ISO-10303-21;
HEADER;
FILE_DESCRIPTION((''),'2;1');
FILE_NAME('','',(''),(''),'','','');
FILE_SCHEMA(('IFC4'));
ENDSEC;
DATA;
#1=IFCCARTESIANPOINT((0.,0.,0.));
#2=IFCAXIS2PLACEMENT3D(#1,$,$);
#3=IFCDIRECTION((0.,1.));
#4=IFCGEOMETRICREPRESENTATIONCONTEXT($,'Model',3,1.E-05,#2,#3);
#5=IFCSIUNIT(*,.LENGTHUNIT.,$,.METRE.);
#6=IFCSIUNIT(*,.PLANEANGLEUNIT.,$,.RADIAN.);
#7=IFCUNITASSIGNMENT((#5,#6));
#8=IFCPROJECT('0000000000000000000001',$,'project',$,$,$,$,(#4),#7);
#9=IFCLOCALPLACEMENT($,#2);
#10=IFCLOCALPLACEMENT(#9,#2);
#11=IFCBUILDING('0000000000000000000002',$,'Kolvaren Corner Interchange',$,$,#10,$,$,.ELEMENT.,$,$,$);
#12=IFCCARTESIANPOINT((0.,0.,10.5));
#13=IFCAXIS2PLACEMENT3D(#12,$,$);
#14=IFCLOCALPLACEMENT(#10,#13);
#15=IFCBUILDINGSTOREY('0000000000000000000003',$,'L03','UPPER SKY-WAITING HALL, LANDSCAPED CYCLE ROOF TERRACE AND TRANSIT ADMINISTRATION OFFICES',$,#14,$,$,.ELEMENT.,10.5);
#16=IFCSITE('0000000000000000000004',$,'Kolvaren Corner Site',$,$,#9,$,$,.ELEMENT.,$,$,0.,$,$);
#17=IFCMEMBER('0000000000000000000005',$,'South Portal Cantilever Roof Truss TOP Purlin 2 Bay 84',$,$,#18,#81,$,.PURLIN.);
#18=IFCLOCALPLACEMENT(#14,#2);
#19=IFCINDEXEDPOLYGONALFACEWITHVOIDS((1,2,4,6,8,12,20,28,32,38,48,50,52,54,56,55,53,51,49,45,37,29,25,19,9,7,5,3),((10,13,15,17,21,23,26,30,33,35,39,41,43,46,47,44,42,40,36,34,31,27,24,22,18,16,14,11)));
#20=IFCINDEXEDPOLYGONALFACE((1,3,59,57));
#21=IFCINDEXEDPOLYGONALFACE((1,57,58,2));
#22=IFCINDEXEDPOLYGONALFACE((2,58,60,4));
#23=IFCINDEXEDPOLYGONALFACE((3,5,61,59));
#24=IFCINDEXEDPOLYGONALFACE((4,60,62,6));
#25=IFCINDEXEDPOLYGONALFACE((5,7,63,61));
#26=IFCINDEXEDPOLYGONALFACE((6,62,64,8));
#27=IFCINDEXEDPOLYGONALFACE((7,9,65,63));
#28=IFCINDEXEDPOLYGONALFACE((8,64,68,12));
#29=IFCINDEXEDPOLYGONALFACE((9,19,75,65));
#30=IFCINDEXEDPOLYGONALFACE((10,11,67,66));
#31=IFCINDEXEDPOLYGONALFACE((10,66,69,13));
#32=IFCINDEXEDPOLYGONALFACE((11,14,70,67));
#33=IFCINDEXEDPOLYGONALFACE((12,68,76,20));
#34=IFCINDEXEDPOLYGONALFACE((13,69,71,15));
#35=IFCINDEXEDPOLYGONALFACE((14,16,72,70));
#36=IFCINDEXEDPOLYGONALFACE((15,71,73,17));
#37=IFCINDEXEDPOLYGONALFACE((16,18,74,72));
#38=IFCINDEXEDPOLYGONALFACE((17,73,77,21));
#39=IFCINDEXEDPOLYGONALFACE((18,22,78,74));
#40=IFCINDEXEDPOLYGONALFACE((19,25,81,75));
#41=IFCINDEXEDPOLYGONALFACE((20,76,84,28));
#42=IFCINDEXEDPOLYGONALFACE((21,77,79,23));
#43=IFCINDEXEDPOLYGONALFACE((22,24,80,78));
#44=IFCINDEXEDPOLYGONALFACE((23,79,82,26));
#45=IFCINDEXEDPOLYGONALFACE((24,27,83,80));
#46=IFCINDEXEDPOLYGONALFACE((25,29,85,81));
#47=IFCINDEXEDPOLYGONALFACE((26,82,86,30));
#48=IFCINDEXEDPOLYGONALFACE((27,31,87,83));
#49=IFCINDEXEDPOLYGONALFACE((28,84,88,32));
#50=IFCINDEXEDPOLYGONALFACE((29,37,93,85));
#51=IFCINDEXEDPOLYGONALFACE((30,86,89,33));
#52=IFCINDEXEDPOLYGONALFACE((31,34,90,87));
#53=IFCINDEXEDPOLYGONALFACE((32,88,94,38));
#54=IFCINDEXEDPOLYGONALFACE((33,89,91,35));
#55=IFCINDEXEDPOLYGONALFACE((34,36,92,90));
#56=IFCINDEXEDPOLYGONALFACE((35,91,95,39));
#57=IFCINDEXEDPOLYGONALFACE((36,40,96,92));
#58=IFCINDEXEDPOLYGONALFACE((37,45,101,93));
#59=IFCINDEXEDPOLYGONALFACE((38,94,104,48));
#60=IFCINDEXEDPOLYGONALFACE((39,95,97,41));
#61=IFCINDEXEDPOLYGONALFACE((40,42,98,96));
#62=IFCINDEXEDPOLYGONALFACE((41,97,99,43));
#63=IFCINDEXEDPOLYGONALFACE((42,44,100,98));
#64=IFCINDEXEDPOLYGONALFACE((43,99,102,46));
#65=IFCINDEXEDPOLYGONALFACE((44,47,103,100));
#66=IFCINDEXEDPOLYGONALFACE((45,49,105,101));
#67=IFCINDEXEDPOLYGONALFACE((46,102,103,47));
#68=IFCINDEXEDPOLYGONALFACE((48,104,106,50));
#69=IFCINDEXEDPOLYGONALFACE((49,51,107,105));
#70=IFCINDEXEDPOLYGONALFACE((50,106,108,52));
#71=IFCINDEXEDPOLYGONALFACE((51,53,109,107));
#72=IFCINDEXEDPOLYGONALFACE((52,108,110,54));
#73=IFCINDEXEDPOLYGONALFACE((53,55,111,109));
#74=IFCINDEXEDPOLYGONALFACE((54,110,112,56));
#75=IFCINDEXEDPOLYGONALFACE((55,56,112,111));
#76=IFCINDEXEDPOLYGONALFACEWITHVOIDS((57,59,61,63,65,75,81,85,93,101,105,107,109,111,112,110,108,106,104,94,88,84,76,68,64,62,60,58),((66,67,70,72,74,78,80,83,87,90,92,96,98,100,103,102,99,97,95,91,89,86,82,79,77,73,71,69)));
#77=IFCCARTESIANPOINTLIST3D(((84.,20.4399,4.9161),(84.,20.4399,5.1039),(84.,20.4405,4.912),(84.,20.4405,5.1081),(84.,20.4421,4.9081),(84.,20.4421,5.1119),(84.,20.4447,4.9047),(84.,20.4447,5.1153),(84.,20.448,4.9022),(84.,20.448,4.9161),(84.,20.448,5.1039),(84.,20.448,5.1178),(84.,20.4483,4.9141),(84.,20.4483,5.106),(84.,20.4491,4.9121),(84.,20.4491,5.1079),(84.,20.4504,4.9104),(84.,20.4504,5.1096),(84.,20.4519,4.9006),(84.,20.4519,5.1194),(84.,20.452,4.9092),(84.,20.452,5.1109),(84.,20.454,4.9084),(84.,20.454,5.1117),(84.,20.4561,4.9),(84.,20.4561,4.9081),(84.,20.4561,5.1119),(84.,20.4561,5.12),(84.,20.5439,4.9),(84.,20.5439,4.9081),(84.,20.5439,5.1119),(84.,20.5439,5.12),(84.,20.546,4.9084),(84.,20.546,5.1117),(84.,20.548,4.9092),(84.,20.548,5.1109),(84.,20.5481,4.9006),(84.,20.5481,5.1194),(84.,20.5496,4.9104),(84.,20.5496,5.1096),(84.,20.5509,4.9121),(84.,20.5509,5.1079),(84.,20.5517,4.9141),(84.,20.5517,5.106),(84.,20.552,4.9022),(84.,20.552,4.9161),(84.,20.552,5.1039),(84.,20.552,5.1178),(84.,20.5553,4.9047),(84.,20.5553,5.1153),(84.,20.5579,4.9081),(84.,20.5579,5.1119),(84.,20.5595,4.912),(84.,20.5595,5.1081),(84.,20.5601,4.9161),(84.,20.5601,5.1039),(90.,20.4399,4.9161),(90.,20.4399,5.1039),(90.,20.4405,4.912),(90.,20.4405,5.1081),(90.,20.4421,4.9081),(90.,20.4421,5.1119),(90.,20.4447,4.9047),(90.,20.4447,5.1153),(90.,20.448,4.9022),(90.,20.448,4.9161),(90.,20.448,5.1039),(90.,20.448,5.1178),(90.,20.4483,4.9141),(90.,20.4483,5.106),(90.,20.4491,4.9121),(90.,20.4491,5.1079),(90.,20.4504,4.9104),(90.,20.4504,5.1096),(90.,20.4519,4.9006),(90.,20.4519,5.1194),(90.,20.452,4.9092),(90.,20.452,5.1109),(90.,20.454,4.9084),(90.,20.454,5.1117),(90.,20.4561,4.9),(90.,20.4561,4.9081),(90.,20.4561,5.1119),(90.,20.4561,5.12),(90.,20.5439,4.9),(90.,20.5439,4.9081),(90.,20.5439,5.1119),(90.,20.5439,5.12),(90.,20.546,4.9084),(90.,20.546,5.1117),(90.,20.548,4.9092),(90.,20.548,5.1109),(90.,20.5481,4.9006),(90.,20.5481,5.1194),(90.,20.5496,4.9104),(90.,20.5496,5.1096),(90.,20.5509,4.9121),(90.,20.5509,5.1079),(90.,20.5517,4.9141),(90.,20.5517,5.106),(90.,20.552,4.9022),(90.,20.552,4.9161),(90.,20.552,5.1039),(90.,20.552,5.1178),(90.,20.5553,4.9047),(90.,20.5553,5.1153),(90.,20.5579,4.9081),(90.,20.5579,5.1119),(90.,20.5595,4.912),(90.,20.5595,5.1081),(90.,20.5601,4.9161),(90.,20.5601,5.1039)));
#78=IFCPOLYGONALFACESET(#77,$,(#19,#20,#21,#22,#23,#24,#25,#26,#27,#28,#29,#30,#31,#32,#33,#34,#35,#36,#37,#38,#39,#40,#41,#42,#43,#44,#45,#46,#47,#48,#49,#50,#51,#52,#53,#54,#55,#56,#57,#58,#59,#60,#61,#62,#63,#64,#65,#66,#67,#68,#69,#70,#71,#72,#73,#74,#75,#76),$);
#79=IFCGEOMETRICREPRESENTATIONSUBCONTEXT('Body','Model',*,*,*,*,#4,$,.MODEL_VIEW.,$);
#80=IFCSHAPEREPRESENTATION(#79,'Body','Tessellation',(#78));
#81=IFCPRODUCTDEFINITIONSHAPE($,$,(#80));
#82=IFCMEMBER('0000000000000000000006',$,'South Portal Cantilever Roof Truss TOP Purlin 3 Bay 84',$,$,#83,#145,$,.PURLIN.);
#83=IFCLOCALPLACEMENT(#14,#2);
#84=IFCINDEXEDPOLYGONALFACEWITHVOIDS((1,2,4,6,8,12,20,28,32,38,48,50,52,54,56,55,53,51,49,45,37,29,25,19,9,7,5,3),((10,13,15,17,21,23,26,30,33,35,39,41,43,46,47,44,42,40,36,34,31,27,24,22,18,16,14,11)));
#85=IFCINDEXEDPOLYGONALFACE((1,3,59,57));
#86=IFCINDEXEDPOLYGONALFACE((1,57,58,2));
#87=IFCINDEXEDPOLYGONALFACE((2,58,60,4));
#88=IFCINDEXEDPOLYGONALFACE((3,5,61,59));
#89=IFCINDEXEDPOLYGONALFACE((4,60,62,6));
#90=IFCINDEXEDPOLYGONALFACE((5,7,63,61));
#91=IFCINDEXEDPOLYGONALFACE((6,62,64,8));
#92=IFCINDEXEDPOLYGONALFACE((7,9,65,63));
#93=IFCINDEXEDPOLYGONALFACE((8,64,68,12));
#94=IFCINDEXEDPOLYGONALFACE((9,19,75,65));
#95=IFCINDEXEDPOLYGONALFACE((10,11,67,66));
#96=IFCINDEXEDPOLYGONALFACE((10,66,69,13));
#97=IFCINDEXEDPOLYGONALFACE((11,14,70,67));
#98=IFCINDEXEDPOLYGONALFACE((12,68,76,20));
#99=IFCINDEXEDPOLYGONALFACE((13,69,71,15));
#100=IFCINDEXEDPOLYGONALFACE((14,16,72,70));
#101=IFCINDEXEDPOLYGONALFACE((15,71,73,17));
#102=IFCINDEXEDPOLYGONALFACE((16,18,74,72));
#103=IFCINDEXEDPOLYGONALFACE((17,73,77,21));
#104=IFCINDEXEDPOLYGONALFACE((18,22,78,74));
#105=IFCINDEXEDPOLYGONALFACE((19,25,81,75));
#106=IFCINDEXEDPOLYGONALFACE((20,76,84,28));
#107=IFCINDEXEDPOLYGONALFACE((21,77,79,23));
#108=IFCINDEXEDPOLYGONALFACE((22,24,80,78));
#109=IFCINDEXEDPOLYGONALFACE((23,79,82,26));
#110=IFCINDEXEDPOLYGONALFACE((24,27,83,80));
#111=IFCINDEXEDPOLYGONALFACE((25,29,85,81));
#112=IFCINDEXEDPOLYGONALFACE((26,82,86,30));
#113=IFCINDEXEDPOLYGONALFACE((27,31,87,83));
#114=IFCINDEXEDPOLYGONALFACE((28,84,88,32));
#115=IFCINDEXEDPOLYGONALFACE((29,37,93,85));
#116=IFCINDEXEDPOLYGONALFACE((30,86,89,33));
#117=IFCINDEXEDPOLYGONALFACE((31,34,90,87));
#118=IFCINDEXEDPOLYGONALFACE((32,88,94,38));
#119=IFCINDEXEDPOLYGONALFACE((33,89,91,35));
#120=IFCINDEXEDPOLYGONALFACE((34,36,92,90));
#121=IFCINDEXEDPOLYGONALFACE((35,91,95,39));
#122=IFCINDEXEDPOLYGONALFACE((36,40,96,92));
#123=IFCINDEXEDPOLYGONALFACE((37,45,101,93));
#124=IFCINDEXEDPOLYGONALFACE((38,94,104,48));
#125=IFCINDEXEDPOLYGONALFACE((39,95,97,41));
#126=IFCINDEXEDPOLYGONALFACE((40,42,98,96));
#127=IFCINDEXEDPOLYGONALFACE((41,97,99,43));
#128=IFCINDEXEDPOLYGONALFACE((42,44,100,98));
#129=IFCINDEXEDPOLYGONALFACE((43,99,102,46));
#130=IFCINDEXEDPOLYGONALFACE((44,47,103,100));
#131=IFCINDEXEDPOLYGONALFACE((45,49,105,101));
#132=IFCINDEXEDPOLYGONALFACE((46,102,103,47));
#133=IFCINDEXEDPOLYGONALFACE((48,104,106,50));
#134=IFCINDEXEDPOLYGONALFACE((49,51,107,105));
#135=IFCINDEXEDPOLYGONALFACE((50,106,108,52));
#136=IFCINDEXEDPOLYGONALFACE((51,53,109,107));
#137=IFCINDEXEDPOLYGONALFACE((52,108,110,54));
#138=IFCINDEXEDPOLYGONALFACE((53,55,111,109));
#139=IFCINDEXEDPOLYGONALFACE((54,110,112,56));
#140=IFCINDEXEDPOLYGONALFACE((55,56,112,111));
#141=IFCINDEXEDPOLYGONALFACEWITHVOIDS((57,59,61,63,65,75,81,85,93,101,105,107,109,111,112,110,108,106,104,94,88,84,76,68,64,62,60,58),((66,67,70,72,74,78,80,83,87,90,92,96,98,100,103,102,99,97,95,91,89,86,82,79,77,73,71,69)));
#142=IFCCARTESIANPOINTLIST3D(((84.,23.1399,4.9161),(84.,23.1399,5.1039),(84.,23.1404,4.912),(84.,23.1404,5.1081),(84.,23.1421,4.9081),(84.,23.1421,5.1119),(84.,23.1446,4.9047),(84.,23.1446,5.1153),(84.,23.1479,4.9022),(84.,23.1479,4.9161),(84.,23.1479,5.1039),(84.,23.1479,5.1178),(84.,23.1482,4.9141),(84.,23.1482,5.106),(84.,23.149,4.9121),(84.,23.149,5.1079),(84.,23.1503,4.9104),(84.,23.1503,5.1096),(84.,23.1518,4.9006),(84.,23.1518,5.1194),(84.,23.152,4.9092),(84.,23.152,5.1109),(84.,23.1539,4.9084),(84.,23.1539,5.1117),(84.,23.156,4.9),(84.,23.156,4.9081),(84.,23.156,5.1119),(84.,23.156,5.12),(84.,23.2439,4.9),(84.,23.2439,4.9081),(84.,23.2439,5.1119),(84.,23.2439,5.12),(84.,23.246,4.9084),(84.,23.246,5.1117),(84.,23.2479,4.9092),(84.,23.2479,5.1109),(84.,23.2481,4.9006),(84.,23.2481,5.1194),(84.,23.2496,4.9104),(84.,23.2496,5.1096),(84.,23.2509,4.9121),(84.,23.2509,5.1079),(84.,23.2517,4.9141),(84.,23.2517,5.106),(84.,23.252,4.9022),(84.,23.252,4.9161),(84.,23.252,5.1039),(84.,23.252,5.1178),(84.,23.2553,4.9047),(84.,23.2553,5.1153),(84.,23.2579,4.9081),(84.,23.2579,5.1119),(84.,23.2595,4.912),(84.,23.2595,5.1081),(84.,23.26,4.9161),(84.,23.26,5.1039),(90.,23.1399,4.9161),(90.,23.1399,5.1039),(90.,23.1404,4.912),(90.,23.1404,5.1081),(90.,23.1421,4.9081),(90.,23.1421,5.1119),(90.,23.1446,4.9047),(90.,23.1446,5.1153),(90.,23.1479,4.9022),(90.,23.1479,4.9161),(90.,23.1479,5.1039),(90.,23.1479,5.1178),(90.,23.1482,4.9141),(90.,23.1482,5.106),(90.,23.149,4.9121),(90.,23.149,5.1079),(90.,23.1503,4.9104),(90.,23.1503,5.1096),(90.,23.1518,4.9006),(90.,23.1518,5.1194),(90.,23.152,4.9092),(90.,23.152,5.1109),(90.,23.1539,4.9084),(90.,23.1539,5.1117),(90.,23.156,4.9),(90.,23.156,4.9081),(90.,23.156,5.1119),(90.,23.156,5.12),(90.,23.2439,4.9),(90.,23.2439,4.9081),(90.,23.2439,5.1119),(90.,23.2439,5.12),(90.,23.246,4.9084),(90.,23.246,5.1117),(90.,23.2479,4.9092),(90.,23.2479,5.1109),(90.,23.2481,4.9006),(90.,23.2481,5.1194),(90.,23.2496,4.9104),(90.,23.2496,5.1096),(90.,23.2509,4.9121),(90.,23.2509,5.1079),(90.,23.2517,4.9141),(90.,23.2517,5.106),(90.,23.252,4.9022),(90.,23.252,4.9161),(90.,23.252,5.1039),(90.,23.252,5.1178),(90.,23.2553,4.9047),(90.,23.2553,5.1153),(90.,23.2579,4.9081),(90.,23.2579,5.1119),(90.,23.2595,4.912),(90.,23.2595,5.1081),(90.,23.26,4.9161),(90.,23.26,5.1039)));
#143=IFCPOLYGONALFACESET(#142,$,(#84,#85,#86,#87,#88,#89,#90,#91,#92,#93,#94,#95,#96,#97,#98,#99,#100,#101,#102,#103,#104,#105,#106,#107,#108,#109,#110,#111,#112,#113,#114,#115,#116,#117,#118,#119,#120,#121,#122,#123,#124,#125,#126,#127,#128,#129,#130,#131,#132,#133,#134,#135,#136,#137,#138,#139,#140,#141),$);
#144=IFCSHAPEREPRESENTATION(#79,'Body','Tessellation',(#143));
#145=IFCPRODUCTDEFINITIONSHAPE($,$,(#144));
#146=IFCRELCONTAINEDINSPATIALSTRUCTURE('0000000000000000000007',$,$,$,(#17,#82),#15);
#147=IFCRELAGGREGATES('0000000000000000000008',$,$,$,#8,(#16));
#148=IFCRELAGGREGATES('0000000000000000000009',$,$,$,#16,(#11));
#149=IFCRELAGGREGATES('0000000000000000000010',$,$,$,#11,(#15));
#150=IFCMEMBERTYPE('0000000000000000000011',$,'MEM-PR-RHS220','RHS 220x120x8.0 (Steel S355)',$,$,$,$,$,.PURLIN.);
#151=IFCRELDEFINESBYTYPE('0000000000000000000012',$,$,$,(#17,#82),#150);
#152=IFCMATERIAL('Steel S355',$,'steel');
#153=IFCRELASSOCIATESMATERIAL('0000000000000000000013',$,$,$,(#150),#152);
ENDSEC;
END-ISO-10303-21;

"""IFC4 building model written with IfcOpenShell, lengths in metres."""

from ifc_helpers import new_model, si_unit, direction, frame, origin, origin_2d, place, context, subcontext, project, spatial, hollow_rectangle, extrude, material, material_profile, profile_set, type_object, element, save


model = new_model("IFC4")

# Units and contexts
model_context = context("Model", 3, precision=1e-05, world=origin(), true_north=direction((0.0, 1.0)))
body_context = subcontext(model_context, "Body", "Model", "MODEL_VIEW")
ifc_project = project(units=[si_unit("LENGTHUNIT", "METRE"), si_unit("PLANEANGLEUNIT", "RADIAN")], contexts=[model_context])

# Site, building, storey
site_placement = place(None, origin())
site = spatial("IfcSite", under=ifc_project, at=site_placement, Name="Kolvaren Corner Site", CompositionType="ELEMENT", RefElevation=0.0)
building_placement = place(site_placement, origin())
building = spatial("IfcBuilding", under=site, at=building_placement, Name="Kolvaren Corner Interchange", CompositionType="ELEMENT")
storey_placement = place(building_placement, frame((0.0, 0.0, 10.5)))
storey = spatial("IfcBuildingStorey", under=building, at=storey_placement, Name="L03", Description="UPPER SKY-WAITING HALL, LANDSCAPED CYCLE ROOF TERRACE AND TRANSIT ADMINISTRATION OFFICES", CompositionType="ELEMENT", Elevation=10.5)

# Members
ifc_material_1 = material(Name="Steel S355", Category="steel")
ifc_material_profile_1 = material_profile(ifc_material_1, hollow_rectangle(XDim=0.1201, YDim=0.22, WallThickness=0.0081, InnerFilletRadius=0.0081, OuterFilletRadius=0.0161, at=origin_2d()), Name="RHS 220x120x8.0")
ifc_profile_set_1 = profile_set([ifc_material_profile_1], Name="Steel S355")
member_type_1 = type_object("IfcMemberType", Name="MEM-PR-RHS220", Description="RHS 220x120x8.0 (Steel S355)", PredefinedType="PURLIN", material=ifc_profile_set_1)
for number, where, z_axis, x_axis, name in (
    (1, (84.0, 20.5, 5.01), (1.0, 0.0, 0.0), (0.0, 1.0, 0.0), "South Portal Cantilever Roof Truss TOP Purlin 2 Bay 84"),
    (2, (84.0, 23.2, 5.01), (1.0, 0.0, 0.0), (0.0, 1.0, 0.0), "South Portal Cantilever Roof Truss TOP Purlin 3 Bay 84"),
):
    element("IfcMember", number, at=place(storey_placement, frame(where, z_axis=z_axis, x_axis=x_axis)), inside=storey, type_object=member_type_1, Name=name, PredefinedType="PURLIN", context=body_context, shape_type="SweptSolid", body=[
        extrude(hollow_rectangle(XDim=0.1201, YDim=0.22, WallThickness=0.0081, InnerFilletRadius=0.0081, OuterFilletRadius=0.0161, at=origin_2d()), origin(), (0.0, 0.0, 1.0), 6.0),
    ])

save(model, "model.ifc")
